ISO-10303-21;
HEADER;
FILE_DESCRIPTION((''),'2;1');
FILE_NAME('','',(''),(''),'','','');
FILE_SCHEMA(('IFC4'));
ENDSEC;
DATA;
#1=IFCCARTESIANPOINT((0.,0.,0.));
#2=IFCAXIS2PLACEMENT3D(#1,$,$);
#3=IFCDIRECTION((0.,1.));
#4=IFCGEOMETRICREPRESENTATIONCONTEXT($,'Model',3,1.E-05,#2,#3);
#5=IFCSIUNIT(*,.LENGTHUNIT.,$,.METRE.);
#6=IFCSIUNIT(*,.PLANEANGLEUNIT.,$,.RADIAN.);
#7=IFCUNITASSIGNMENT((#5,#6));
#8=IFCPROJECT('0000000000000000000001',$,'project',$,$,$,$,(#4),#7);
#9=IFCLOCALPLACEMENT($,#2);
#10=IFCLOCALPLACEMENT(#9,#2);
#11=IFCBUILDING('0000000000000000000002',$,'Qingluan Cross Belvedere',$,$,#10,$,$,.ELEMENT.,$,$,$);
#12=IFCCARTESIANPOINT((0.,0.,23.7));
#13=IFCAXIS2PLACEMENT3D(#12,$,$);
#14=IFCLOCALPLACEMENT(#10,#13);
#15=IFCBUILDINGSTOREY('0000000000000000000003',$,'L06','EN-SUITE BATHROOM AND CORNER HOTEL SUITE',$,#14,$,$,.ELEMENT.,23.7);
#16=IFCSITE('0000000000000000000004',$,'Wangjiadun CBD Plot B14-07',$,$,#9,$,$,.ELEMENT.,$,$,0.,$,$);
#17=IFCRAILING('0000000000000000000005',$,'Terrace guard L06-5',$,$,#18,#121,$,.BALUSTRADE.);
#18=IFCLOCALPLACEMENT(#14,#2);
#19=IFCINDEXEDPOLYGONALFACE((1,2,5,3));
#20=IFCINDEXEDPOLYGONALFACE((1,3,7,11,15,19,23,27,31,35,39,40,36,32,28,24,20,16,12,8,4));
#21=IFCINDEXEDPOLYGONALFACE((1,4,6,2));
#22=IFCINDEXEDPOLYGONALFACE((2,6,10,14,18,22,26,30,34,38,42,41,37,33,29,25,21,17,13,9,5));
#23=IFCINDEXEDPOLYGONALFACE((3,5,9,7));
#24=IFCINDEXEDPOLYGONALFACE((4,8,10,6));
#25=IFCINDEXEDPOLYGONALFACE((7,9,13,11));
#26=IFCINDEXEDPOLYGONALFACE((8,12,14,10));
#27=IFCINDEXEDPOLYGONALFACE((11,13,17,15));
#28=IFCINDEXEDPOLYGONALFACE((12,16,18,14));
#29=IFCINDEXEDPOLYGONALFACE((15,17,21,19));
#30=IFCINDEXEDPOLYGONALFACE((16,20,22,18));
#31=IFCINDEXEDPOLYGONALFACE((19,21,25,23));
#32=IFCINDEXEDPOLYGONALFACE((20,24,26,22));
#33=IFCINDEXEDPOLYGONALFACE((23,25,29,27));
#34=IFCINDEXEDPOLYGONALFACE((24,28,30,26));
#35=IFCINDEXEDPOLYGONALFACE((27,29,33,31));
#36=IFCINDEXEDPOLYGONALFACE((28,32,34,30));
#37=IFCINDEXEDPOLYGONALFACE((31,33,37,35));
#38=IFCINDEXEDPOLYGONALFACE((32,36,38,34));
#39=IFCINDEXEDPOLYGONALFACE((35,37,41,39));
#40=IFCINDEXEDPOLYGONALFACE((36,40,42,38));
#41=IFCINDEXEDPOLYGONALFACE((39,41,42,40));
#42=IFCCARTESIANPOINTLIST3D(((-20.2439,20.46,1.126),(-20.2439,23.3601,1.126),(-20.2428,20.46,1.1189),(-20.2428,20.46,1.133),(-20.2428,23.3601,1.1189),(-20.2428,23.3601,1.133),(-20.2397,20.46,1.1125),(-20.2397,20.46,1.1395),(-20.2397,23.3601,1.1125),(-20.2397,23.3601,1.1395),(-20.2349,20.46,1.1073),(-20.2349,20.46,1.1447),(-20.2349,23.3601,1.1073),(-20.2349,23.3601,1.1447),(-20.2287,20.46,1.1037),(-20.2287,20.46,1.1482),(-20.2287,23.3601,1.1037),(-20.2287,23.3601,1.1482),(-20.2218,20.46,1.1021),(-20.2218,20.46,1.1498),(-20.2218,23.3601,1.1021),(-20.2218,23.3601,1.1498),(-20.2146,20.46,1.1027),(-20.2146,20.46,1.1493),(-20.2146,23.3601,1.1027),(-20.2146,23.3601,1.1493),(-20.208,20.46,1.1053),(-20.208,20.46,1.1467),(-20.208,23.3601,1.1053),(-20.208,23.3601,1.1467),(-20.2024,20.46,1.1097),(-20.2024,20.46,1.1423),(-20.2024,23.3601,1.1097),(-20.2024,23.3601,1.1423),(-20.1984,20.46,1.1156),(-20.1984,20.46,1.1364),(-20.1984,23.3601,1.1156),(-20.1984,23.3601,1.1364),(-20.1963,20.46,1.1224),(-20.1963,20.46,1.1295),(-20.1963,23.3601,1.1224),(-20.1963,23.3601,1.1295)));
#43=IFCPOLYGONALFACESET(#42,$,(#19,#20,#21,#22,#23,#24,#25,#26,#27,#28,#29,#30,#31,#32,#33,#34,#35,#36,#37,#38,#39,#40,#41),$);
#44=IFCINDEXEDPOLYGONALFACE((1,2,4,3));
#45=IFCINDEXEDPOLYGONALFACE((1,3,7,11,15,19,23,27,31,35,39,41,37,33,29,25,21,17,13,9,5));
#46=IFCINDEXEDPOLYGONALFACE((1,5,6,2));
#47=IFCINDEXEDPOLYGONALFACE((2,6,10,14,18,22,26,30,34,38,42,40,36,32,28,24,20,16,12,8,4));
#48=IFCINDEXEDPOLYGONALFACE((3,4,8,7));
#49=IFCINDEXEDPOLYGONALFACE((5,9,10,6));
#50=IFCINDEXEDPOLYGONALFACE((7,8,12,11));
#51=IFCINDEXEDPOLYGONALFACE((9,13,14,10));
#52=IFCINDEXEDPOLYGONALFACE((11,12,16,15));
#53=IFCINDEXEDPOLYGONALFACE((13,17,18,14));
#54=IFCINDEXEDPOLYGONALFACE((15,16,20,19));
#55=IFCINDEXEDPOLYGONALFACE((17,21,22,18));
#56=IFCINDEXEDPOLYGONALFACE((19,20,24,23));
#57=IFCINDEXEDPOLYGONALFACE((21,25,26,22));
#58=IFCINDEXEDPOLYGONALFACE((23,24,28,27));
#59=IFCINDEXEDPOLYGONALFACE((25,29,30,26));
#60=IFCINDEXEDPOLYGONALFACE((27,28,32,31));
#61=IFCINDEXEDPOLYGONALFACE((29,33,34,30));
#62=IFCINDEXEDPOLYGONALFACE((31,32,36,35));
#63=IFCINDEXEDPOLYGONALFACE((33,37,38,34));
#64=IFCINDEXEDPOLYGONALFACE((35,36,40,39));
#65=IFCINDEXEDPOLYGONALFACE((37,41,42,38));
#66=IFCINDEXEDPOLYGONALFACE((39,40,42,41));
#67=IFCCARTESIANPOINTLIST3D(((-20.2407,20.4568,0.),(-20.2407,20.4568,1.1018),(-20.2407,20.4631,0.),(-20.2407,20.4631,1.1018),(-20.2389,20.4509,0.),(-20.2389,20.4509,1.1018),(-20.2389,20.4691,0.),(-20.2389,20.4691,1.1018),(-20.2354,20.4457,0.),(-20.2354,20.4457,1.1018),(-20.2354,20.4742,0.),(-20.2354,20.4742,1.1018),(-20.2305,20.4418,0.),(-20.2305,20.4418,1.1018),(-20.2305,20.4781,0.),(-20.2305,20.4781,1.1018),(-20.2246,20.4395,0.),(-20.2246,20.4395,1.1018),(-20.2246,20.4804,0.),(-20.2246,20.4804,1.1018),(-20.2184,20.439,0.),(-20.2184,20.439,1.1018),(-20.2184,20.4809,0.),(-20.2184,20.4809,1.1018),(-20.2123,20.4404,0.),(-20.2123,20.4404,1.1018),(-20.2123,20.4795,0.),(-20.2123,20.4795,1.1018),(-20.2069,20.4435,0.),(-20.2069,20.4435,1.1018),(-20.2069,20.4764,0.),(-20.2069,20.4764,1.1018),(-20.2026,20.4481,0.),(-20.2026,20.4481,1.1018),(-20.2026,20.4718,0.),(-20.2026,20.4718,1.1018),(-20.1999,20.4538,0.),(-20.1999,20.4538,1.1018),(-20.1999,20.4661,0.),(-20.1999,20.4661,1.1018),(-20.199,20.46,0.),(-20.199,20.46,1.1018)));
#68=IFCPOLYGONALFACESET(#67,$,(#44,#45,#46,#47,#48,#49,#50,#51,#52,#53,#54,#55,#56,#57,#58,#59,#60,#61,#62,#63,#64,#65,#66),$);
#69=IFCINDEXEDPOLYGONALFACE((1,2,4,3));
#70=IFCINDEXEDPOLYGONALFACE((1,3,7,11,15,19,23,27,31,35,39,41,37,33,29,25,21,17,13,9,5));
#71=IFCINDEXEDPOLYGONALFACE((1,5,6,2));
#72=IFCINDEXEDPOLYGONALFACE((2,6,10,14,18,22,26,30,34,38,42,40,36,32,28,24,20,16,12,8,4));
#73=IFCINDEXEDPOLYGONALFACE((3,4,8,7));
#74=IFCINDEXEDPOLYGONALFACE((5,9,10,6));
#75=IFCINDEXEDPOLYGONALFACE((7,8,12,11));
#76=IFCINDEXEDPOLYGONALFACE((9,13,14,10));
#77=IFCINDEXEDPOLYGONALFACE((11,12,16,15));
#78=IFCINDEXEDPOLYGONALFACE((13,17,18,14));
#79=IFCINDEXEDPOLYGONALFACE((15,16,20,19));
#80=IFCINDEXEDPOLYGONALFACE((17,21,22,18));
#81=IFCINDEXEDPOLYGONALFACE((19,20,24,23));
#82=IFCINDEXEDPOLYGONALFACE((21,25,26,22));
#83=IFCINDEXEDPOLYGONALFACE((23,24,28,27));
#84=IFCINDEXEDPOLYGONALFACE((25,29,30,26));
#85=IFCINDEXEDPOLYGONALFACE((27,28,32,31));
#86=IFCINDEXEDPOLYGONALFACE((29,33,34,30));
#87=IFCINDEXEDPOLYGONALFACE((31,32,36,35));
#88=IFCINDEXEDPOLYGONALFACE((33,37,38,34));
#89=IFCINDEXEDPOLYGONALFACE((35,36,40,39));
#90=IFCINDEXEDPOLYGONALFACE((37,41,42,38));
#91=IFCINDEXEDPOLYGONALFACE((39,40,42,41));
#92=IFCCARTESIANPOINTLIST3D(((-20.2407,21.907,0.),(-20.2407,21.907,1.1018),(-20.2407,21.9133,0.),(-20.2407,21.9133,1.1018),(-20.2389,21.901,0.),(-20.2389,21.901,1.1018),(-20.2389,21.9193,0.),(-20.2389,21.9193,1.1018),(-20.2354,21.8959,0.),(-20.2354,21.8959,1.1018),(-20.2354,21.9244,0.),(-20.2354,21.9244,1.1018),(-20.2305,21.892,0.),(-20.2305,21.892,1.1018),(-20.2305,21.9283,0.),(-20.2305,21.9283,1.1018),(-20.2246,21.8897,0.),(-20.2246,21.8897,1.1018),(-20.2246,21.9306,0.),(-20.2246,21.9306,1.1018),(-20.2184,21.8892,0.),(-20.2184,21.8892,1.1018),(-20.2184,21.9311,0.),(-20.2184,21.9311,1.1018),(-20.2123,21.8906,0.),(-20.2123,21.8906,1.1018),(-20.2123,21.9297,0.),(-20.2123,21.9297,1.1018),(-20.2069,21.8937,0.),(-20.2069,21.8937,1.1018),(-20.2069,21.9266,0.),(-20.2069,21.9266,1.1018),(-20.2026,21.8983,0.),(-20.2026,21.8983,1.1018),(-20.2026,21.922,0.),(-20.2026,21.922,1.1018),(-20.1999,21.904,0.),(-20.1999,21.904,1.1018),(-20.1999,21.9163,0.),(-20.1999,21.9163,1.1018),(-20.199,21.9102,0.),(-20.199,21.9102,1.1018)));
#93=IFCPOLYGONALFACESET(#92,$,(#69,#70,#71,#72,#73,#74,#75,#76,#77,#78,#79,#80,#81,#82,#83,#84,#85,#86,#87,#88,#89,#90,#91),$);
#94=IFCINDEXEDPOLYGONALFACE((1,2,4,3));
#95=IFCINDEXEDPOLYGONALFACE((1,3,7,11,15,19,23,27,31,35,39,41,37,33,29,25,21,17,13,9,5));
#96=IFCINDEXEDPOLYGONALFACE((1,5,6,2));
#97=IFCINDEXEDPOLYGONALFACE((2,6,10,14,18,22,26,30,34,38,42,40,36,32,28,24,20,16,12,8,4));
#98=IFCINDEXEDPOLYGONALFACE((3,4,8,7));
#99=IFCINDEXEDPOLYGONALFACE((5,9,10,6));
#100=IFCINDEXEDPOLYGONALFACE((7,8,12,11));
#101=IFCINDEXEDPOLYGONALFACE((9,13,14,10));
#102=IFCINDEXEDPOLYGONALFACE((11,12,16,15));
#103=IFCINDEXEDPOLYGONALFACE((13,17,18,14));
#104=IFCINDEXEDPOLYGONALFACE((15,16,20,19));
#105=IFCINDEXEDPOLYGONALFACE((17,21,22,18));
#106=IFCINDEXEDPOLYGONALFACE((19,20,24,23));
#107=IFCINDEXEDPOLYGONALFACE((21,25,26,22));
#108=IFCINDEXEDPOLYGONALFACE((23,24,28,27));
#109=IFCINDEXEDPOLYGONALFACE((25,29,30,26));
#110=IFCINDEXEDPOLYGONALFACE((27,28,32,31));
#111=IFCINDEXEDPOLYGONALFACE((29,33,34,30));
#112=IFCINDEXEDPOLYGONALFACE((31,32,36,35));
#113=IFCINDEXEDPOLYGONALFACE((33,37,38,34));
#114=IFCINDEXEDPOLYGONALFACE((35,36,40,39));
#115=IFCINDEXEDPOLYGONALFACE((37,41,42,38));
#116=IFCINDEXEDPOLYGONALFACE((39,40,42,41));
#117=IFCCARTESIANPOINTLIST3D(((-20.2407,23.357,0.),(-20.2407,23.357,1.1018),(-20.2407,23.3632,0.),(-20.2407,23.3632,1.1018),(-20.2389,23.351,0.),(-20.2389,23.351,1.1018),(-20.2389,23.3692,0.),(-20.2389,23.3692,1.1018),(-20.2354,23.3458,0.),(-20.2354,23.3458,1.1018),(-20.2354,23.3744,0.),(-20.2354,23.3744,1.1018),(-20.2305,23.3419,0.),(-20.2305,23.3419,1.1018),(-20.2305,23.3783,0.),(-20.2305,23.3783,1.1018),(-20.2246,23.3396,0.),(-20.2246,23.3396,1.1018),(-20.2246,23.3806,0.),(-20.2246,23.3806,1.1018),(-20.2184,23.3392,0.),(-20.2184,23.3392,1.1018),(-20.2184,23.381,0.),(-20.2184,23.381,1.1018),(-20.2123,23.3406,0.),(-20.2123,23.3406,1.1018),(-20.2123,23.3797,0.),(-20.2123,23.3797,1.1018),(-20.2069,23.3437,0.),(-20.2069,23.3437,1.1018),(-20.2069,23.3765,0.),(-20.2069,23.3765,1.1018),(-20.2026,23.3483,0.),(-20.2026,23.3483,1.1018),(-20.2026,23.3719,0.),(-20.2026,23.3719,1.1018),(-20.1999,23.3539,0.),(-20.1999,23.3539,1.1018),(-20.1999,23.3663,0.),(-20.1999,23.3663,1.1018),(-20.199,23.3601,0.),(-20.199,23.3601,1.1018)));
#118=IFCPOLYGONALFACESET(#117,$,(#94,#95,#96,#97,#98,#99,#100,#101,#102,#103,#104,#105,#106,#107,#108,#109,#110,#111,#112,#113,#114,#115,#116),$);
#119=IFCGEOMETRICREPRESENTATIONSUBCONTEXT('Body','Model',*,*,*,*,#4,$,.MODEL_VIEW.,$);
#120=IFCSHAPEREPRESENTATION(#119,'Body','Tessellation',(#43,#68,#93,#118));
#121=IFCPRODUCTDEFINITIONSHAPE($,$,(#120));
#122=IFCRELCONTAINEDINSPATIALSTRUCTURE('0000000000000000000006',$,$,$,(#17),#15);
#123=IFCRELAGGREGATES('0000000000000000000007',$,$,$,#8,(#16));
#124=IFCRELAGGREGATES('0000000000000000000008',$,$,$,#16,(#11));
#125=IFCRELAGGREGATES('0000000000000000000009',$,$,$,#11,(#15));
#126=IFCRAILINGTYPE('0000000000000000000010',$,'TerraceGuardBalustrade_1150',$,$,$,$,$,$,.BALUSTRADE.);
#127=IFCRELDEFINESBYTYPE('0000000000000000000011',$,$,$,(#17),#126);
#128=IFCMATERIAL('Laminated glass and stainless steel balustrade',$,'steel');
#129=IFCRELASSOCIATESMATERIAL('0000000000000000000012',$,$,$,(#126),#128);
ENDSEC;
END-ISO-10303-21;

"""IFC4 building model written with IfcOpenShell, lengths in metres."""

from ifc_helpers import new_model, si_unit, direction, frame, origin, origin_2d, place, context, subcontext, project, spatial, circle, extrude, material, type_object, element, save


model = new_model("IFC4")

# Units and contexts
model_context = context("Model", 3, precision=1e-05, world=origin(), true_north=direction((0.0, 1.0)))
body_context = subcontext(model_context, "Body", "Model", "MODEL_VIEW")
ifc_project = project(units=[si_unit("LENGTHUNIT", "METRE"), si_unit("PLANEANGLEUNIT", "RADIAN")], contexts=[model_context])

# Site, building, storey
site_placement = place(None, origin())
site = spatial("IfcSite", under=ifc_project, at=site_placement, Name="Wangjiadun CBD Plot B14-07", CompositionType="ELEMENT", RefElevation=0.0)
building_placement = place(site_placement, origin())
building = spatial("IfcBuilding", under=site, at=building_placement, Name="Qingluan Cross Belvedere", CompositionType="ELEMENT")
storey_placement = place(building_placement, frame((0.0, 0.0, 23.7)))
storey = spatial("IfcBuildingStorey", under=building, at=storey_placement, Name="L06", Description="EN-SUITE BATHROOM AND CORNER HOTEL SUITE", CompositionType="ELEMENT", Elevation=23.7)

# Railing
ifc_material_1 = material(Name="Laminated glass and stainless steel balustrade", Category="steel")
railing_type = type_object("IfcRailingType", Name="TerraceGuardBalustrade_1150", PredefinedType="BALUSTRADE", material=ifc_material_1)
railing_1_placement = place(storey_placement, frame((-20.22, 20.46, 0.0)))
element("IfcRailing", 1, at=railing_1_placement, inside=storey, type_object=railing_type, Name="Terrace guard L06-5", PredefinedType="BALUSTRADE", context=body_context, shape_type="SweptSolid", body=[
    extrude(circle(Radius=0.0239, at=origin_2d()), frame((0.0, 0.0, 1.126), z_axis=(0.0, 1.0, 0.0), x_axis=(-1.0, 0.0, 0.0)), (0.0, 0.0, 1.0), 2.9001),
    extrude(circle(Radius=0.021, at=origin_2d()), origin(), (0.0, 0.0, 1.0), 1.1018),
    extrude(circle(Radius=0.021, at=origin_2d()), frame((0.0, 1.4502, 0.0)), (0.0, 0.0, 1.0), 1.1018),
    extrude(circle(Radius=0.021, at=origin_2d()), frame((0.0, 2.9001, 0.0)), (0.0, 0.0, 1.0), 1.1018),
])

save(model, "model.ifc")
